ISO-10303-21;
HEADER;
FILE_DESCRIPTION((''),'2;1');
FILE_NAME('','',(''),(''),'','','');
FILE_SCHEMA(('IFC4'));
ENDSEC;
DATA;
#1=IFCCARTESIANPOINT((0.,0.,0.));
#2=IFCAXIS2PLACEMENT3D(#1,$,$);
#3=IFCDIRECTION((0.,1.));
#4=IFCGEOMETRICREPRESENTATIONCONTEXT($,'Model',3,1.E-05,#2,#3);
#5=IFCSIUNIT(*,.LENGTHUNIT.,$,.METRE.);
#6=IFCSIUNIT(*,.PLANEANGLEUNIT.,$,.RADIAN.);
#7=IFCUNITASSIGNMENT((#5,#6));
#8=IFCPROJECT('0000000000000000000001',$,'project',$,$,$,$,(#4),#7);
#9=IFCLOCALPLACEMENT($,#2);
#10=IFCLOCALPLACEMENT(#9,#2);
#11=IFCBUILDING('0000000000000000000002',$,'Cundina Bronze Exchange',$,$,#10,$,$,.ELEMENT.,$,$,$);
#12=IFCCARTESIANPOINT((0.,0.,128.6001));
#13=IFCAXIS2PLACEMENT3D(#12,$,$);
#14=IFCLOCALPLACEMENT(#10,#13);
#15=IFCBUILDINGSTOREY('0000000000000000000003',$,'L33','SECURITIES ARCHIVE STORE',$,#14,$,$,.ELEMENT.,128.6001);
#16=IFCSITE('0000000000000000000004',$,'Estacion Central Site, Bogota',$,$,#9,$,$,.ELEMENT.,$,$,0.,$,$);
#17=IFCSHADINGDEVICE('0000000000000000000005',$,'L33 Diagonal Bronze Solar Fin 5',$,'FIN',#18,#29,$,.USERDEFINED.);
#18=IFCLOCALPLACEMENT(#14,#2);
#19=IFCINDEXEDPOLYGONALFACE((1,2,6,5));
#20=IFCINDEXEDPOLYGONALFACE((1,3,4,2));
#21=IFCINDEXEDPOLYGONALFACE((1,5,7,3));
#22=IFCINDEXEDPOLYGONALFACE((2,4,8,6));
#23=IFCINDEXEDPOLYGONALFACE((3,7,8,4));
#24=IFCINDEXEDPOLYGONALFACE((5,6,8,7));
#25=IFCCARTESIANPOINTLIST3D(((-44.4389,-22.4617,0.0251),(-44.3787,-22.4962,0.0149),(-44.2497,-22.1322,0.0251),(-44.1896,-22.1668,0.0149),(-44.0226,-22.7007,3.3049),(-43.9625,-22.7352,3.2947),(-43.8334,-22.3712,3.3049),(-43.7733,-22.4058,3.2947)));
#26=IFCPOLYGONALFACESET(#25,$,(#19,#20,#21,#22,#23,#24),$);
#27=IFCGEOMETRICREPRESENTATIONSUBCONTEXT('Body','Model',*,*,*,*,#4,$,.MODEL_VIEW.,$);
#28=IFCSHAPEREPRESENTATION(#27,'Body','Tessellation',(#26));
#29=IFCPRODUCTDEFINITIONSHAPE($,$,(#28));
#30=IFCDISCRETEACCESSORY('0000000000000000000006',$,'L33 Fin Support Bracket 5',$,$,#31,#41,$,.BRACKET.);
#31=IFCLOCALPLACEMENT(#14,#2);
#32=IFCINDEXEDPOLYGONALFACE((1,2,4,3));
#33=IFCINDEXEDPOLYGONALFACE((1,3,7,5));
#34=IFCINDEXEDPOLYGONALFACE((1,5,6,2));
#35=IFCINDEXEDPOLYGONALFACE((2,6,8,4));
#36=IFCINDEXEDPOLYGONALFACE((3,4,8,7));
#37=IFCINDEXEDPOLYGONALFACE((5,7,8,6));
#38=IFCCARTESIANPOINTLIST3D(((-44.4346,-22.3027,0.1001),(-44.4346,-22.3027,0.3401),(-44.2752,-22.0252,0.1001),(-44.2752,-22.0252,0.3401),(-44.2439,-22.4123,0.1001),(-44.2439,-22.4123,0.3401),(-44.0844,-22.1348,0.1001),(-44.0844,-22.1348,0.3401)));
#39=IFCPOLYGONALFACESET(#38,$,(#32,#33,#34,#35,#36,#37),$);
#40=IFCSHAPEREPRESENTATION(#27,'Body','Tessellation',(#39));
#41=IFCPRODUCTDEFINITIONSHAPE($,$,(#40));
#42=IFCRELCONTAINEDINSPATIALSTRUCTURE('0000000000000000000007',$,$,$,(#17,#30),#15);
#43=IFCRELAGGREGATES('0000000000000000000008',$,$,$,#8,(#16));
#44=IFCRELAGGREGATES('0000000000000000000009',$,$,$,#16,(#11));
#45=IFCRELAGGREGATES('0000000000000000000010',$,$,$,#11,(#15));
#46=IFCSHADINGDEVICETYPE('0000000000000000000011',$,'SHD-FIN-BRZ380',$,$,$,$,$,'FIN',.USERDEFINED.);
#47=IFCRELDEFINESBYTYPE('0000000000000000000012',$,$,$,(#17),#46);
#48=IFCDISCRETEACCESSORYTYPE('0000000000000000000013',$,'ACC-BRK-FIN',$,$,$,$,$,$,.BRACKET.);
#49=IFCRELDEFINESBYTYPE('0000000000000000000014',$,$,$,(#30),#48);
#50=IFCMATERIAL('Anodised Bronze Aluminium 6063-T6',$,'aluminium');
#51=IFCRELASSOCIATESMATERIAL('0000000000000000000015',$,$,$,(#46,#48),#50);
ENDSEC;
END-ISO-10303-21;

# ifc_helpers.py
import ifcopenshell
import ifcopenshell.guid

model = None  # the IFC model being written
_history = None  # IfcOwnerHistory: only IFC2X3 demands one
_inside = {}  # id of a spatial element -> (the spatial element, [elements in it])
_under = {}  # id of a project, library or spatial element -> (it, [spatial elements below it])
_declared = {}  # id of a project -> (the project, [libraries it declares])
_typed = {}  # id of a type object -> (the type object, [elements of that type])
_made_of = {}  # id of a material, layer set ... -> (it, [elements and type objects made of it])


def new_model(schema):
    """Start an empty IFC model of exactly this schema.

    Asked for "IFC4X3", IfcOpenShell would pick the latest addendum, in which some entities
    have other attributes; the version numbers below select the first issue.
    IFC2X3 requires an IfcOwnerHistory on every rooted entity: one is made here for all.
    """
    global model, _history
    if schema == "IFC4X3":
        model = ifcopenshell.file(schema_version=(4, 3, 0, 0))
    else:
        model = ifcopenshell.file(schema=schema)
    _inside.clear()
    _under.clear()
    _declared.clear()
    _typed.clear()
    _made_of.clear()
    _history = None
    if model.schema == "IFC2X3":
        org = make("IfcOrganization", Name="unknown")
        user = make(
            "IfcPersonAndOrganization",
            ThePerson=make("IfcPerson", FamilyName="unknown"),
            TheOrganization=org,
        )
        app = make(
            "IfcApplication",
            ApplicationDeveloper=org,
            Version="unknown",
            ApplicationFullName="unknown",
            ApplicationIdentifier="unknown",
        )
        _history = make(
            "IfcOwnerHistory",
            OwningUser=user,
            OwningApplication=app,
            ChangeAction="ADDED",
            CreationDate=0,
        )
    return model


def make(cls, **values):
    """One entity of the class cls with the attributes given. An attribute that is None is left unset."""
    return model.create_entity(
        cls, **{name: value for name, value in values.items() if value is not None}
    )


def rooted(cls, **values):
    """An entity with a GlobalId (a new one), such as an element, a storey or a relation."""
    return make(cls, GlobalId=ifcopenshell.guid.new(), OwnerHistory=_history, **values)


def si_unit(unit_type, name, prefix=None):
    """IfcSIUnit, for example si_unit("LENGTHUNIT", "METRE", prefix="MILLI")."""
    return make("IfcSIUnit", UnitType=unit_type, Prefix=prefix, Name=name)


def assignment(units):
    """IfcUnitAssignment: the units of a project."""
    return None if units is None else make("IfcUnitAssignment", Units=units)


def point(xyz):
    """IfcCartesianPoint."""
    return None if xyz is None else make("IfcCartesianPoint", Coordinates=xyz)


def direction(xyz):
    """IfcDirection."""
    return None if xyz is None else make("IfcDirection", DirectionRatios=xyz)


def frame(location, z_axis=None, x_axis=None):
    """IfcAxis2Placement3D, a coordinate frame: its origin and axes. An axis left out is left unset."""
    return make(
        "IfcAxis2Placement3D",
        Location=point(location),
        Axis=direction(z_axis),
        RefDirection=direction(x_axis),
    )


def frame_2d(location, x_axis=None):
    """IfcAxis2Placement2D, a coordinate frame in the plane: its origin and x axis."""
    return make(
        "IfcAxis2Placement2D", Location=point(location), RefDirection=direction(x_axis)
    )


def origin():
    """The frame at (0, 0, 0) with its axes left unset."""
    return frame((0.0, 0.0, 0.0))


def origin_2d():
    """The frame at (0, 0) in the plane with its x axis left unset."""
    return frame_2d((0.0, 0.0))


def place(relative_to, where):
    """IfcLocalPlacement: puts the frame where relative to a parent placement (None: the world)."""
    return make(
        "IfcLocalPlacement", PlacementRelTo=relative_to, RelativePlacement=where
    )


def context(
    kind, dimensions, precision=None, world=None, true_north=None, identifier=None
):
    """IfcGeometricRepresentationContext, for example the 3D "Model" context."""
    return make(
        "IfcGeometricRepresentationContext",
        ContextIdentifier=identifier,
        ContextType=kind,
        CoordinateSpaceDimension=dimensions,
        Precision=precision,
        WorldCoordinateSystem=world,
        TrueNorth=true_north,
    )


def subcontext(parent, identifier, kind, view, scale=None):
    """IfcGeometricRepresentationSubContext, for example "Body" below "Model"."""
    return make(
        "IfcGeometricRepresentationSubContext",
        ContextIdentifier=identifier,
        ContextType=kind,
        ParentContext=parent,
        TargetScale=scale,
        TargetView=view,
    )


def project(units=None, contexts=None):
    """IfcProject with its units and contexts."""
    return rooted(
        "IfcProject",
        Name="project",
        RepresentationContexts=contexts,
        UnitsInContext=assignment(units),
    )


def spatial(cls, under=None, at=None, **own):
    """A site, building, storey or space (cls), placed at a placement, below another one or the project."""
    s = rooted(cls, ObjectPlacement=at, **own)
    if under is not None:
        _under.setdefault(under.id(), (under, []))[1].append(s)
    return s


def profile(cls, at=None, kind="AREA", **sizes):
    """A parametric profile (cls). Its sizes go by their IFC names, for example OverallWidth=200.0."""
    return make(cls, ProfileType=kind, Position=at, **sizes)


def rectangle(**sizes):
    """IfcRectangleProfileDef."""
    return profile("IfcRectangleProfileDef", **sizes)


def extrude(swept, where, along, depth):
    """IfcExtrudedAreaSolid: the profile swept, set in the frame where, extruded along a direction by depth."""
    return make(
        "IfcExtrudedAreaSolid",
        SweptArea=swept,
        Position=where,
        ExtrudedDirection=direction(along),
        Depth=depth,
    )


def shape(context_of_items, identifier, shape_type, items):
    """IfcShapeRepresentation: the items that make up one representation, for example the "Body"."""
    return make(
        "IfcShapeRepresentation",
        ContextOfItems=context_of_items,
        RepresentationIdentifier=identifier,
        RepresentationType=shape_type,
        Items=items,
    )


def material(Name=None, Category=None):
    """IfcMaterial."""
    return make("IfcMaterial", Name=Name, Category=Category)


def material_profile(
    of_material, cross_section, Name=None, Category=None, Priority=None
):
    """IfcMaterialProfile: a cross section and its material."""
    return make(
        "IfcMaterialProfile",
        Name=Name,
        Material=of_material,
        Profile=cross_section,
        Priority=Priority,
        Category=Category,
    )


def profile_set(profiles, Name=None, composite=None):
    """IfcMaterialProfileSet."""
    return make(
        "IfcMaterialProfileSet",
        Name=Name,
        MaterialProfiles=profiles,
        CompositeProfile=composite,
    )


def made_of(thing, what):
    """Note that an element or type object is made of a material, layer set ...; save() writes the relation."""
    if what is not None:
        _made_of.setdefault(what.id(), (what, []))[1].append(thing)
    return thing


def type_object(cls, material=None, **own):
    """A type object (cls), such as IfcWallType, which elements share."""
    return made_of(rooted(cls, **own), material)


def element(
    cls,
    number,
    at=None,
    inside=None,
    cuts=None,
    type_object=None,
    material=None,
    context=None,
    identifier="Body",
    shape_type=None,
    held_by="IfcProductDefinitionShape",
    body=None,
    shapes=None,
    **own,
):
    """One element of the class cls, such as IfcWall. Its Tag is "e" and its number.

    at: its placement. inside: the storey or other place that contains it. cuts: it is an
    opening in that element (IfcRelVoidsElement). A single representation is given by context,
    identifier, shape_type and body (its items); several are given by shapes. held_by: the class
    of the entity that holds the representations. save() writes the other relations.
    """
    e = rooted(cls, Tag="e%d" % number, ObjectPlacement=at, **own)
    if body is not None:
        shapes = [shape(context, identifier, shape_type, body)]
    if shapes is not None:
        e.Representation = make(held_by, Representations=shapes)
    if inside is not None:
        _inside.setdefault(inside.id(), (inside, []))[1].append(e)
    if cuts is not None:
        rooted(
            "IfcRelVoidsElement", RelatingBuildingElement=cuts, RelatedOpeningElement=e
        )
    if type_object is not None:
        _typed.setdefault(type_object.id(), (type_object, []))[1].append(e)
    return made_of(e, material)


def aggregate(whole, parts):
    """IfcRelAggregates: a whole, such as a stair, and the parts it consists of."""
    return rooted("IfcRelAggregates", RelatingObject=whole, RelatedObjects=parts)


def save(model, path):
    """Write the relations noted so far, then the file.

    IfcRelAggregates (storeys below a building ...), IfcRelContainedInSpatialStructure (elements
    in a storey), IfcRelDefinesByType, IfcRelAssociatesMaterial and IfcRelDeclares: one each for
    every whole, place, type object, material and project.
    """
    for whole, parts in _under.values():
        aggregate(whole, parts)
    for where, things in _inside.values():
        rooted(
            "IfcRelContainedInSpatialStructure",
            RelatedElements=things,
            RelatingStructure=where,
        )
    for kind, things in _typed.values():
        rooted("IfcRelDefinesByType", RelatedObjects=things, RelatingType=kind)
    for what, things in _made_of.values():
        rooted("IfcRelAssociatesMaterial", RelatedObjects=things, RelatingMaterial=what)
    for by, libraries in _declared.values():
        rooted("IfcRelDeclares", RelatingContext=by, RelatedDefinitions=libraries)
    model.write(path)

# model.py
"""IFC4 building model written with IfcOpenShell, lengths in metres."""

from ifc_helpers import new_model, si_unit, direction, frame, origin, origin_2d, place, context, subcontext, project, spatial, rectangle, extrude, material, material_profile, profile_set, type_object, element, save


model = new_model("IFC4")

# Units and contexts
model_context = context("Model", 3, precision=1e-05, world=origin(), true_north=direction((0.0, 1.0)))
body_context = subcontext(model_context, "Body", "Model", "MODEL_VIEW")
ifc_project = project(units=[si_unit("LENGTHUNIT", "METRE"), si_unit("PLANEANGLEUNIT", "RADIAN")], contexts=[model_context])

# Site, building, storey
site_placement = place(None, origin())
site = spatial("IfcSite", under=ifc_project, at=site_placement, Name="Estacion Central Site, Bogota", CompositionType="ELEMENT", RefElevation=0.0)
building_placement = place(site_placement, origin())
building = spatial("IfcBuilding", under=site, at=building_placement, Name="Cundina Bronze Exchange", CompositionType="ELEMENT")
storey_placement = place(building_placement, frame((0.0, 0.0, 128.6001)))
storey = spatial("IfcBuildingStorey", under=building, at=storey_placement, Name="L33", Description="SECURITIES ARCHIVE STORE", CompositionType="ELEMENT", Elevation=128.6001)

# Shared definitions
ifc_material_1 = material(Name="Anodised Bronze Aluminium 6063-T6", Category="aluminium")

# Shading device
ifc_material_profile_1 = material_profile(ifc_material_1, rectangle(XDim=0.0701, YDim=0.3799, at=origin_2d()), Name="FIN70X380", Category="aluminium")
ifc_profile_set_1 = profile_set([ifc_material_profile_1], Name="Anodised Bronze Aluminium 6063-T6")
shading_device_type = type_object("IfcShadingDeviceType", Name="SHD-FIN-BRZ380", ElementType="FIN", PredefinedType="USERDEFINED", material=ifc_profile_set_1)
shading_device_placement = place(storey_placement, frame((-44.3142, -22.3142, 0.02), z_axis=(0.125579, -0.072107, 0.98946), x_axis=(-0.858068, 0.492697, 0.144808)))
element("IfcShadingDevice", 1, at=shading_device_placement, inside=storey, type_object=shading_device_type, Name="L33 Diagonal Bronze Solar Fin 5", ObjectType="FIN", PredefinedType="USERDEFINED", context=body_context, shape_type="SweptSolid", body=[
    extrude(rectangle(XDim=0.0701, YDim=0.3799, at=origin_2d()), origin(), (0.0, 0.0, 1.0), 3.3147),
])

# Discrete accessory
discrete_accessory_type = type_object("IfcDiscreteAccessoryType", Name="ACC-BRK-FIN", PredefinedType="BRACKET", material=ifc_material_1)
discrete_accessory_placement = place(storey_placement, frame((-44.2595, -22.2188, 0.1001), z_axis=(0.0, 0.0, 1.0), x_axis=(0.867105, -0.498125, 0.0)))
element("IfcDiscreteAccessory", 2, at=discrete_accessory_placement, inside=storey, type_object=discrete_accessory_type, Name="L33 Fin Support Bracket 5", PredefinedType="BRACKET", context=body_context, shape_type="SweptSolid", body=[
    extrude(rectangle(XDim=0.22, YDim=0.3201, at=origin_2d()), origin(), (0.0, 0.0, 1.0), 0.24),
])

save(model, "model.ifc")
